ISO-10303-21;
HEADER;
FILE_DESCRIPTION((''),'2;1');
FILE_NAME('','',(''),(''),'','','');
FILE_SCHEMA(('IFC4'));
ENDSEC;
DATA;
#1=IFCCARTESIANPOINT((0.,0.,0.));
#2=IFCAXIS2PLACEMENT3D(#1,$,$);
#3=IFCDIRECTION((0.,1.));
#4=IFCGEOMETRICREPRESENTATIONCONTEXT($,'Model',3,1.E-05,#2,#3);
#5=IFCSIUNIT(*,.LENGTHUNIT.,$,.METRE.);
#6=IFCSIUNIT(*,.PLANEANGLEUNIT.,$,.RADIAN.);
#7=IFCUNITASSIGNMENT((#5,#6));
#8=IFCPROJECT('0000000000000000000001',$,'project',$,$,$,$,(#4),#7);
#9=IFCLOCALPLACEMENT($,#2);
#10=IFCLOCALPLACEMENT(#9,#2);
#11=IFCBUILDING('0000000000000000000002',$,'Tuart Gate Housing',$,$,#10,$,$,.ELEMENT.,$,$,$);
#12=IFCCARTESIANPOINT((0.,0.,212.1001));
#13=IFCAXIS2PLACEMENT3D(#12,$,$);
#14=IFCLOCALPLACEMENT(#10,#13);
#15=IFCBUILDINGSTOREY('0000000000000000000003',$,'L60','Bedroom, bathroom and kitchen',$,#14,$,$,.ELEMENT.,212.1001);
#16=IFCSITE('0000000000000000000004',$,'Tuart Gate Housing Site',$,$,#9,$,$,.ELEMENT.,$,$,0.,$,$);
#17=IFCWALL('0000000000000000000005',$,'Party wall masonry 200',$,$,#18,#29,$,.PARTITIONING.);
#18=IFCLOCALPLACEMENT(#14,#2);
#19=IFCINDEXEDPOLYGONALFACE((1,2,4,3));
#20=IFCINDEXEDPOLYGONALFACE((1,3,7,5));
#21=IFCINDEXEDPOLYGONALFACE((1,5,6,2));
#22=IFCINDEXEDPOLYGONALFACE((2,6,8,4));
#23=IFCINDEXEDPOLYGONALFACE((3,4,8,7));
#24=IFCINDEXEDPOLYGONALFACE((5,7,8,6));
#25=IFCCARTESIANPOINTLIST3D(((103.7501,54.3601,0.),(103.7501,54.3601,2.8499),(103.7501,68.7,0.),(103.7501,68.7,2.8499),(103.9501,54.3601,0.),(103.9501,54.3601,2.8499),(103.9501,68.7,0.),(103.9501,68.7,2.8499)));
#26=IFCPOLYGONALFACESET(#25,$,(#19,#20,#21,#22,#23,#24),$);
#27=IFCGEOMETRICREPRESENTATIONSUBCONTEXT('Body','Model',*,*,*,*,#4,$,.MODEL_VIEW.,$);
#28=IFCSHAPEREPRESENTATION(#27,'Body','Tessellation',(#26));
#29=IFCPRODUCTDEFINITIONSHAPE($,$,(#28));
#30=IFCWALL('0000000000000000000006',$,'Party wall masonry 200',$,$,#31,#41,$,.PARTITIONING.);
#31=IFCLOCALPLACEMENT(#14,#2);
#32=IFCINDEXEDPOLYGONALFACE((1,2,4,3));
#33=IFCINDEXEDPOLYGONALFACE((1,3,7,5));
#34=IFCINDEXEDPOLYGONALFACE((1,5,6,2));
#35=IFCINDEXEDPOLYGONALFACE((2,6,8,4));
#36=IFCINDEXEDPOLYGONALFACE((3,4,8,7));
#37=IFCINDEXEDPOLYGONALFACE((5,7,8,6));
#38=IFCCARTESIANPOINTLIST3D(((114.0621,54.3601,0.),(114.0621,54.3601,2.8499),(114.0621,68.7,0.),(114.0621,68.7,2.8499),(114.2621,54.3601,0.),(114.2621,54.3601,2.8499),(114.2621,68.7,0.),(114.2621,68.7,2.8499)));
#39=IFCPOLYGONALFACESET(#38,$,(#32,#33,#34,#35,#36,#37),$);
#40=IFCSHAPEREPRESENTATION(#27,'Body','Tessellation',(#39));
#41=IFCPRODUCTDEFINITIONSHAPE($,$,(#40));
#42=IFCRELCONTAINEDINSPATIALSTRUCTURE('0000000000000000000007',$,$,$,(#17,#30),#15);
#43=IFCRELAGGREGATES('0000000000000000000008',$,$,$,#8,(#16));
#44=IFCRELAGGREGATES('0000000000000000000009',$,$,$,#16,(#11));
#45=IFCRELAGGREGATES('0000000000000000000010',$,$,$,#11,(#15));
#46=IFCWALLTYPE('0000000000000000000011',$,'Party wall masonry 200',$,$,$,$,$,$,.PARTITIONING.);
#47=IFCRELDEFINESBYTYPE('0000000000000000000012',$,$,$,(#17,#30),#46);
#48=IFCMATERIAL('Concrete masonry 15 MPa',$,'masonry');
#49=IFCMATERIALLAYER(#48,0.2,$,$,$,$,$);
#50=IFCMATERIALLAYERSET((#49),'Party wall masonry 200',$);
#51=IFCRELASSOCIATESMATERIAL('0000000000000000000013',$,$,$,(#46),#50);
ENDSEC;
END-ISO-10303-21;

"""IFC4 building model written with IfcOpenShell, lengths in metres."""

from ifc_helpers import new_model, si_unit, direction, frame, frame_2d, origin, place, context, subcontext, project, spatial, rectangle, extrude, material, layer, layer_set, type_object, element, save


model = new_model("IFC4")

# Units and contexts
model_context = context("Model", 3, precision=1e-05, world=origin(), true_north=direction((0.0, 1.0)))
body_context = subcontext(model_context, "Body", "Model", "MODEL_VIEW")
ifc_project = project(units=[si_unit("LENGTHUNIT", "METRE"), si_unit("PLANEANGLEUNIT", "RADIAN")], contexts=[model_context])

# Site, building, storey
site_placement = place(None, origin())
site = spatial("IfcSite", under=ifc_project, at=site_placement, Name="Tuart Gate Housing Site", CompositionType="ELEMENT", RefElevation=0.0)
building_placement = place(site_placement, origin())
building = spatial("IfcBuilding", under=site, at=building_placement, Name="Tuart Gate Housing", CompositionType="ELEMENT")
storey_placement = place(building_placement, frame((0.0, 0.0, 212.1001)))
storey = spatial("IfcBuildingStorey", under=building, at=storey_placement, Name="L60", Description="Bedroom, bathroom and kitchen", CompositionType="ELEMENT", Elevation=212.1001)

# Walls
ifc_material_1 = material(Name="Concrete masonry 15 MPa", Category="masonry")
ifc_layer_1 = layer(ifc_material_1, 0.2)
ifc_layer_set_1 = layer_set([ifc_layer_1], Name="Party wall masonry 200")
wall_type_1 = type_object("IfcWallType", Name="Party wall masonry 200", PredefinedType="PARTITIONING", material=ifc_layer_set_1)
for number, where, z_axis, x_axis, name in (
    (1, (103.8501, 54.3601, 0.0), (0.0, 0.0, 1.0), (0.0, 1.0, 0.0), "Party wall masonry 200"),
    (2, (114.1621, 54.3601, 0.0), (0.0, 0.0, 1.0), (0.0, 1.0, 0.0), "Party wall masonry 200"),
):
    element("IfcWall", number, at=place(storey_placement, frame(where, z_axis=z_axis, x_axis=x_axis)), inside=storey, type_object=wall_type_1, Name=name, PredefinedType="PARTITIONING", context=body_context, shape_type="SweptSolid", body=[
        extrude(rectangle(XDim=14.3398, YDim=0.2, at=frame_2d((7.1699, 0.0))), origin(), (0.0, 0.0, 1.0), 2.8499),
    ])

save(model, "model.ifc")
